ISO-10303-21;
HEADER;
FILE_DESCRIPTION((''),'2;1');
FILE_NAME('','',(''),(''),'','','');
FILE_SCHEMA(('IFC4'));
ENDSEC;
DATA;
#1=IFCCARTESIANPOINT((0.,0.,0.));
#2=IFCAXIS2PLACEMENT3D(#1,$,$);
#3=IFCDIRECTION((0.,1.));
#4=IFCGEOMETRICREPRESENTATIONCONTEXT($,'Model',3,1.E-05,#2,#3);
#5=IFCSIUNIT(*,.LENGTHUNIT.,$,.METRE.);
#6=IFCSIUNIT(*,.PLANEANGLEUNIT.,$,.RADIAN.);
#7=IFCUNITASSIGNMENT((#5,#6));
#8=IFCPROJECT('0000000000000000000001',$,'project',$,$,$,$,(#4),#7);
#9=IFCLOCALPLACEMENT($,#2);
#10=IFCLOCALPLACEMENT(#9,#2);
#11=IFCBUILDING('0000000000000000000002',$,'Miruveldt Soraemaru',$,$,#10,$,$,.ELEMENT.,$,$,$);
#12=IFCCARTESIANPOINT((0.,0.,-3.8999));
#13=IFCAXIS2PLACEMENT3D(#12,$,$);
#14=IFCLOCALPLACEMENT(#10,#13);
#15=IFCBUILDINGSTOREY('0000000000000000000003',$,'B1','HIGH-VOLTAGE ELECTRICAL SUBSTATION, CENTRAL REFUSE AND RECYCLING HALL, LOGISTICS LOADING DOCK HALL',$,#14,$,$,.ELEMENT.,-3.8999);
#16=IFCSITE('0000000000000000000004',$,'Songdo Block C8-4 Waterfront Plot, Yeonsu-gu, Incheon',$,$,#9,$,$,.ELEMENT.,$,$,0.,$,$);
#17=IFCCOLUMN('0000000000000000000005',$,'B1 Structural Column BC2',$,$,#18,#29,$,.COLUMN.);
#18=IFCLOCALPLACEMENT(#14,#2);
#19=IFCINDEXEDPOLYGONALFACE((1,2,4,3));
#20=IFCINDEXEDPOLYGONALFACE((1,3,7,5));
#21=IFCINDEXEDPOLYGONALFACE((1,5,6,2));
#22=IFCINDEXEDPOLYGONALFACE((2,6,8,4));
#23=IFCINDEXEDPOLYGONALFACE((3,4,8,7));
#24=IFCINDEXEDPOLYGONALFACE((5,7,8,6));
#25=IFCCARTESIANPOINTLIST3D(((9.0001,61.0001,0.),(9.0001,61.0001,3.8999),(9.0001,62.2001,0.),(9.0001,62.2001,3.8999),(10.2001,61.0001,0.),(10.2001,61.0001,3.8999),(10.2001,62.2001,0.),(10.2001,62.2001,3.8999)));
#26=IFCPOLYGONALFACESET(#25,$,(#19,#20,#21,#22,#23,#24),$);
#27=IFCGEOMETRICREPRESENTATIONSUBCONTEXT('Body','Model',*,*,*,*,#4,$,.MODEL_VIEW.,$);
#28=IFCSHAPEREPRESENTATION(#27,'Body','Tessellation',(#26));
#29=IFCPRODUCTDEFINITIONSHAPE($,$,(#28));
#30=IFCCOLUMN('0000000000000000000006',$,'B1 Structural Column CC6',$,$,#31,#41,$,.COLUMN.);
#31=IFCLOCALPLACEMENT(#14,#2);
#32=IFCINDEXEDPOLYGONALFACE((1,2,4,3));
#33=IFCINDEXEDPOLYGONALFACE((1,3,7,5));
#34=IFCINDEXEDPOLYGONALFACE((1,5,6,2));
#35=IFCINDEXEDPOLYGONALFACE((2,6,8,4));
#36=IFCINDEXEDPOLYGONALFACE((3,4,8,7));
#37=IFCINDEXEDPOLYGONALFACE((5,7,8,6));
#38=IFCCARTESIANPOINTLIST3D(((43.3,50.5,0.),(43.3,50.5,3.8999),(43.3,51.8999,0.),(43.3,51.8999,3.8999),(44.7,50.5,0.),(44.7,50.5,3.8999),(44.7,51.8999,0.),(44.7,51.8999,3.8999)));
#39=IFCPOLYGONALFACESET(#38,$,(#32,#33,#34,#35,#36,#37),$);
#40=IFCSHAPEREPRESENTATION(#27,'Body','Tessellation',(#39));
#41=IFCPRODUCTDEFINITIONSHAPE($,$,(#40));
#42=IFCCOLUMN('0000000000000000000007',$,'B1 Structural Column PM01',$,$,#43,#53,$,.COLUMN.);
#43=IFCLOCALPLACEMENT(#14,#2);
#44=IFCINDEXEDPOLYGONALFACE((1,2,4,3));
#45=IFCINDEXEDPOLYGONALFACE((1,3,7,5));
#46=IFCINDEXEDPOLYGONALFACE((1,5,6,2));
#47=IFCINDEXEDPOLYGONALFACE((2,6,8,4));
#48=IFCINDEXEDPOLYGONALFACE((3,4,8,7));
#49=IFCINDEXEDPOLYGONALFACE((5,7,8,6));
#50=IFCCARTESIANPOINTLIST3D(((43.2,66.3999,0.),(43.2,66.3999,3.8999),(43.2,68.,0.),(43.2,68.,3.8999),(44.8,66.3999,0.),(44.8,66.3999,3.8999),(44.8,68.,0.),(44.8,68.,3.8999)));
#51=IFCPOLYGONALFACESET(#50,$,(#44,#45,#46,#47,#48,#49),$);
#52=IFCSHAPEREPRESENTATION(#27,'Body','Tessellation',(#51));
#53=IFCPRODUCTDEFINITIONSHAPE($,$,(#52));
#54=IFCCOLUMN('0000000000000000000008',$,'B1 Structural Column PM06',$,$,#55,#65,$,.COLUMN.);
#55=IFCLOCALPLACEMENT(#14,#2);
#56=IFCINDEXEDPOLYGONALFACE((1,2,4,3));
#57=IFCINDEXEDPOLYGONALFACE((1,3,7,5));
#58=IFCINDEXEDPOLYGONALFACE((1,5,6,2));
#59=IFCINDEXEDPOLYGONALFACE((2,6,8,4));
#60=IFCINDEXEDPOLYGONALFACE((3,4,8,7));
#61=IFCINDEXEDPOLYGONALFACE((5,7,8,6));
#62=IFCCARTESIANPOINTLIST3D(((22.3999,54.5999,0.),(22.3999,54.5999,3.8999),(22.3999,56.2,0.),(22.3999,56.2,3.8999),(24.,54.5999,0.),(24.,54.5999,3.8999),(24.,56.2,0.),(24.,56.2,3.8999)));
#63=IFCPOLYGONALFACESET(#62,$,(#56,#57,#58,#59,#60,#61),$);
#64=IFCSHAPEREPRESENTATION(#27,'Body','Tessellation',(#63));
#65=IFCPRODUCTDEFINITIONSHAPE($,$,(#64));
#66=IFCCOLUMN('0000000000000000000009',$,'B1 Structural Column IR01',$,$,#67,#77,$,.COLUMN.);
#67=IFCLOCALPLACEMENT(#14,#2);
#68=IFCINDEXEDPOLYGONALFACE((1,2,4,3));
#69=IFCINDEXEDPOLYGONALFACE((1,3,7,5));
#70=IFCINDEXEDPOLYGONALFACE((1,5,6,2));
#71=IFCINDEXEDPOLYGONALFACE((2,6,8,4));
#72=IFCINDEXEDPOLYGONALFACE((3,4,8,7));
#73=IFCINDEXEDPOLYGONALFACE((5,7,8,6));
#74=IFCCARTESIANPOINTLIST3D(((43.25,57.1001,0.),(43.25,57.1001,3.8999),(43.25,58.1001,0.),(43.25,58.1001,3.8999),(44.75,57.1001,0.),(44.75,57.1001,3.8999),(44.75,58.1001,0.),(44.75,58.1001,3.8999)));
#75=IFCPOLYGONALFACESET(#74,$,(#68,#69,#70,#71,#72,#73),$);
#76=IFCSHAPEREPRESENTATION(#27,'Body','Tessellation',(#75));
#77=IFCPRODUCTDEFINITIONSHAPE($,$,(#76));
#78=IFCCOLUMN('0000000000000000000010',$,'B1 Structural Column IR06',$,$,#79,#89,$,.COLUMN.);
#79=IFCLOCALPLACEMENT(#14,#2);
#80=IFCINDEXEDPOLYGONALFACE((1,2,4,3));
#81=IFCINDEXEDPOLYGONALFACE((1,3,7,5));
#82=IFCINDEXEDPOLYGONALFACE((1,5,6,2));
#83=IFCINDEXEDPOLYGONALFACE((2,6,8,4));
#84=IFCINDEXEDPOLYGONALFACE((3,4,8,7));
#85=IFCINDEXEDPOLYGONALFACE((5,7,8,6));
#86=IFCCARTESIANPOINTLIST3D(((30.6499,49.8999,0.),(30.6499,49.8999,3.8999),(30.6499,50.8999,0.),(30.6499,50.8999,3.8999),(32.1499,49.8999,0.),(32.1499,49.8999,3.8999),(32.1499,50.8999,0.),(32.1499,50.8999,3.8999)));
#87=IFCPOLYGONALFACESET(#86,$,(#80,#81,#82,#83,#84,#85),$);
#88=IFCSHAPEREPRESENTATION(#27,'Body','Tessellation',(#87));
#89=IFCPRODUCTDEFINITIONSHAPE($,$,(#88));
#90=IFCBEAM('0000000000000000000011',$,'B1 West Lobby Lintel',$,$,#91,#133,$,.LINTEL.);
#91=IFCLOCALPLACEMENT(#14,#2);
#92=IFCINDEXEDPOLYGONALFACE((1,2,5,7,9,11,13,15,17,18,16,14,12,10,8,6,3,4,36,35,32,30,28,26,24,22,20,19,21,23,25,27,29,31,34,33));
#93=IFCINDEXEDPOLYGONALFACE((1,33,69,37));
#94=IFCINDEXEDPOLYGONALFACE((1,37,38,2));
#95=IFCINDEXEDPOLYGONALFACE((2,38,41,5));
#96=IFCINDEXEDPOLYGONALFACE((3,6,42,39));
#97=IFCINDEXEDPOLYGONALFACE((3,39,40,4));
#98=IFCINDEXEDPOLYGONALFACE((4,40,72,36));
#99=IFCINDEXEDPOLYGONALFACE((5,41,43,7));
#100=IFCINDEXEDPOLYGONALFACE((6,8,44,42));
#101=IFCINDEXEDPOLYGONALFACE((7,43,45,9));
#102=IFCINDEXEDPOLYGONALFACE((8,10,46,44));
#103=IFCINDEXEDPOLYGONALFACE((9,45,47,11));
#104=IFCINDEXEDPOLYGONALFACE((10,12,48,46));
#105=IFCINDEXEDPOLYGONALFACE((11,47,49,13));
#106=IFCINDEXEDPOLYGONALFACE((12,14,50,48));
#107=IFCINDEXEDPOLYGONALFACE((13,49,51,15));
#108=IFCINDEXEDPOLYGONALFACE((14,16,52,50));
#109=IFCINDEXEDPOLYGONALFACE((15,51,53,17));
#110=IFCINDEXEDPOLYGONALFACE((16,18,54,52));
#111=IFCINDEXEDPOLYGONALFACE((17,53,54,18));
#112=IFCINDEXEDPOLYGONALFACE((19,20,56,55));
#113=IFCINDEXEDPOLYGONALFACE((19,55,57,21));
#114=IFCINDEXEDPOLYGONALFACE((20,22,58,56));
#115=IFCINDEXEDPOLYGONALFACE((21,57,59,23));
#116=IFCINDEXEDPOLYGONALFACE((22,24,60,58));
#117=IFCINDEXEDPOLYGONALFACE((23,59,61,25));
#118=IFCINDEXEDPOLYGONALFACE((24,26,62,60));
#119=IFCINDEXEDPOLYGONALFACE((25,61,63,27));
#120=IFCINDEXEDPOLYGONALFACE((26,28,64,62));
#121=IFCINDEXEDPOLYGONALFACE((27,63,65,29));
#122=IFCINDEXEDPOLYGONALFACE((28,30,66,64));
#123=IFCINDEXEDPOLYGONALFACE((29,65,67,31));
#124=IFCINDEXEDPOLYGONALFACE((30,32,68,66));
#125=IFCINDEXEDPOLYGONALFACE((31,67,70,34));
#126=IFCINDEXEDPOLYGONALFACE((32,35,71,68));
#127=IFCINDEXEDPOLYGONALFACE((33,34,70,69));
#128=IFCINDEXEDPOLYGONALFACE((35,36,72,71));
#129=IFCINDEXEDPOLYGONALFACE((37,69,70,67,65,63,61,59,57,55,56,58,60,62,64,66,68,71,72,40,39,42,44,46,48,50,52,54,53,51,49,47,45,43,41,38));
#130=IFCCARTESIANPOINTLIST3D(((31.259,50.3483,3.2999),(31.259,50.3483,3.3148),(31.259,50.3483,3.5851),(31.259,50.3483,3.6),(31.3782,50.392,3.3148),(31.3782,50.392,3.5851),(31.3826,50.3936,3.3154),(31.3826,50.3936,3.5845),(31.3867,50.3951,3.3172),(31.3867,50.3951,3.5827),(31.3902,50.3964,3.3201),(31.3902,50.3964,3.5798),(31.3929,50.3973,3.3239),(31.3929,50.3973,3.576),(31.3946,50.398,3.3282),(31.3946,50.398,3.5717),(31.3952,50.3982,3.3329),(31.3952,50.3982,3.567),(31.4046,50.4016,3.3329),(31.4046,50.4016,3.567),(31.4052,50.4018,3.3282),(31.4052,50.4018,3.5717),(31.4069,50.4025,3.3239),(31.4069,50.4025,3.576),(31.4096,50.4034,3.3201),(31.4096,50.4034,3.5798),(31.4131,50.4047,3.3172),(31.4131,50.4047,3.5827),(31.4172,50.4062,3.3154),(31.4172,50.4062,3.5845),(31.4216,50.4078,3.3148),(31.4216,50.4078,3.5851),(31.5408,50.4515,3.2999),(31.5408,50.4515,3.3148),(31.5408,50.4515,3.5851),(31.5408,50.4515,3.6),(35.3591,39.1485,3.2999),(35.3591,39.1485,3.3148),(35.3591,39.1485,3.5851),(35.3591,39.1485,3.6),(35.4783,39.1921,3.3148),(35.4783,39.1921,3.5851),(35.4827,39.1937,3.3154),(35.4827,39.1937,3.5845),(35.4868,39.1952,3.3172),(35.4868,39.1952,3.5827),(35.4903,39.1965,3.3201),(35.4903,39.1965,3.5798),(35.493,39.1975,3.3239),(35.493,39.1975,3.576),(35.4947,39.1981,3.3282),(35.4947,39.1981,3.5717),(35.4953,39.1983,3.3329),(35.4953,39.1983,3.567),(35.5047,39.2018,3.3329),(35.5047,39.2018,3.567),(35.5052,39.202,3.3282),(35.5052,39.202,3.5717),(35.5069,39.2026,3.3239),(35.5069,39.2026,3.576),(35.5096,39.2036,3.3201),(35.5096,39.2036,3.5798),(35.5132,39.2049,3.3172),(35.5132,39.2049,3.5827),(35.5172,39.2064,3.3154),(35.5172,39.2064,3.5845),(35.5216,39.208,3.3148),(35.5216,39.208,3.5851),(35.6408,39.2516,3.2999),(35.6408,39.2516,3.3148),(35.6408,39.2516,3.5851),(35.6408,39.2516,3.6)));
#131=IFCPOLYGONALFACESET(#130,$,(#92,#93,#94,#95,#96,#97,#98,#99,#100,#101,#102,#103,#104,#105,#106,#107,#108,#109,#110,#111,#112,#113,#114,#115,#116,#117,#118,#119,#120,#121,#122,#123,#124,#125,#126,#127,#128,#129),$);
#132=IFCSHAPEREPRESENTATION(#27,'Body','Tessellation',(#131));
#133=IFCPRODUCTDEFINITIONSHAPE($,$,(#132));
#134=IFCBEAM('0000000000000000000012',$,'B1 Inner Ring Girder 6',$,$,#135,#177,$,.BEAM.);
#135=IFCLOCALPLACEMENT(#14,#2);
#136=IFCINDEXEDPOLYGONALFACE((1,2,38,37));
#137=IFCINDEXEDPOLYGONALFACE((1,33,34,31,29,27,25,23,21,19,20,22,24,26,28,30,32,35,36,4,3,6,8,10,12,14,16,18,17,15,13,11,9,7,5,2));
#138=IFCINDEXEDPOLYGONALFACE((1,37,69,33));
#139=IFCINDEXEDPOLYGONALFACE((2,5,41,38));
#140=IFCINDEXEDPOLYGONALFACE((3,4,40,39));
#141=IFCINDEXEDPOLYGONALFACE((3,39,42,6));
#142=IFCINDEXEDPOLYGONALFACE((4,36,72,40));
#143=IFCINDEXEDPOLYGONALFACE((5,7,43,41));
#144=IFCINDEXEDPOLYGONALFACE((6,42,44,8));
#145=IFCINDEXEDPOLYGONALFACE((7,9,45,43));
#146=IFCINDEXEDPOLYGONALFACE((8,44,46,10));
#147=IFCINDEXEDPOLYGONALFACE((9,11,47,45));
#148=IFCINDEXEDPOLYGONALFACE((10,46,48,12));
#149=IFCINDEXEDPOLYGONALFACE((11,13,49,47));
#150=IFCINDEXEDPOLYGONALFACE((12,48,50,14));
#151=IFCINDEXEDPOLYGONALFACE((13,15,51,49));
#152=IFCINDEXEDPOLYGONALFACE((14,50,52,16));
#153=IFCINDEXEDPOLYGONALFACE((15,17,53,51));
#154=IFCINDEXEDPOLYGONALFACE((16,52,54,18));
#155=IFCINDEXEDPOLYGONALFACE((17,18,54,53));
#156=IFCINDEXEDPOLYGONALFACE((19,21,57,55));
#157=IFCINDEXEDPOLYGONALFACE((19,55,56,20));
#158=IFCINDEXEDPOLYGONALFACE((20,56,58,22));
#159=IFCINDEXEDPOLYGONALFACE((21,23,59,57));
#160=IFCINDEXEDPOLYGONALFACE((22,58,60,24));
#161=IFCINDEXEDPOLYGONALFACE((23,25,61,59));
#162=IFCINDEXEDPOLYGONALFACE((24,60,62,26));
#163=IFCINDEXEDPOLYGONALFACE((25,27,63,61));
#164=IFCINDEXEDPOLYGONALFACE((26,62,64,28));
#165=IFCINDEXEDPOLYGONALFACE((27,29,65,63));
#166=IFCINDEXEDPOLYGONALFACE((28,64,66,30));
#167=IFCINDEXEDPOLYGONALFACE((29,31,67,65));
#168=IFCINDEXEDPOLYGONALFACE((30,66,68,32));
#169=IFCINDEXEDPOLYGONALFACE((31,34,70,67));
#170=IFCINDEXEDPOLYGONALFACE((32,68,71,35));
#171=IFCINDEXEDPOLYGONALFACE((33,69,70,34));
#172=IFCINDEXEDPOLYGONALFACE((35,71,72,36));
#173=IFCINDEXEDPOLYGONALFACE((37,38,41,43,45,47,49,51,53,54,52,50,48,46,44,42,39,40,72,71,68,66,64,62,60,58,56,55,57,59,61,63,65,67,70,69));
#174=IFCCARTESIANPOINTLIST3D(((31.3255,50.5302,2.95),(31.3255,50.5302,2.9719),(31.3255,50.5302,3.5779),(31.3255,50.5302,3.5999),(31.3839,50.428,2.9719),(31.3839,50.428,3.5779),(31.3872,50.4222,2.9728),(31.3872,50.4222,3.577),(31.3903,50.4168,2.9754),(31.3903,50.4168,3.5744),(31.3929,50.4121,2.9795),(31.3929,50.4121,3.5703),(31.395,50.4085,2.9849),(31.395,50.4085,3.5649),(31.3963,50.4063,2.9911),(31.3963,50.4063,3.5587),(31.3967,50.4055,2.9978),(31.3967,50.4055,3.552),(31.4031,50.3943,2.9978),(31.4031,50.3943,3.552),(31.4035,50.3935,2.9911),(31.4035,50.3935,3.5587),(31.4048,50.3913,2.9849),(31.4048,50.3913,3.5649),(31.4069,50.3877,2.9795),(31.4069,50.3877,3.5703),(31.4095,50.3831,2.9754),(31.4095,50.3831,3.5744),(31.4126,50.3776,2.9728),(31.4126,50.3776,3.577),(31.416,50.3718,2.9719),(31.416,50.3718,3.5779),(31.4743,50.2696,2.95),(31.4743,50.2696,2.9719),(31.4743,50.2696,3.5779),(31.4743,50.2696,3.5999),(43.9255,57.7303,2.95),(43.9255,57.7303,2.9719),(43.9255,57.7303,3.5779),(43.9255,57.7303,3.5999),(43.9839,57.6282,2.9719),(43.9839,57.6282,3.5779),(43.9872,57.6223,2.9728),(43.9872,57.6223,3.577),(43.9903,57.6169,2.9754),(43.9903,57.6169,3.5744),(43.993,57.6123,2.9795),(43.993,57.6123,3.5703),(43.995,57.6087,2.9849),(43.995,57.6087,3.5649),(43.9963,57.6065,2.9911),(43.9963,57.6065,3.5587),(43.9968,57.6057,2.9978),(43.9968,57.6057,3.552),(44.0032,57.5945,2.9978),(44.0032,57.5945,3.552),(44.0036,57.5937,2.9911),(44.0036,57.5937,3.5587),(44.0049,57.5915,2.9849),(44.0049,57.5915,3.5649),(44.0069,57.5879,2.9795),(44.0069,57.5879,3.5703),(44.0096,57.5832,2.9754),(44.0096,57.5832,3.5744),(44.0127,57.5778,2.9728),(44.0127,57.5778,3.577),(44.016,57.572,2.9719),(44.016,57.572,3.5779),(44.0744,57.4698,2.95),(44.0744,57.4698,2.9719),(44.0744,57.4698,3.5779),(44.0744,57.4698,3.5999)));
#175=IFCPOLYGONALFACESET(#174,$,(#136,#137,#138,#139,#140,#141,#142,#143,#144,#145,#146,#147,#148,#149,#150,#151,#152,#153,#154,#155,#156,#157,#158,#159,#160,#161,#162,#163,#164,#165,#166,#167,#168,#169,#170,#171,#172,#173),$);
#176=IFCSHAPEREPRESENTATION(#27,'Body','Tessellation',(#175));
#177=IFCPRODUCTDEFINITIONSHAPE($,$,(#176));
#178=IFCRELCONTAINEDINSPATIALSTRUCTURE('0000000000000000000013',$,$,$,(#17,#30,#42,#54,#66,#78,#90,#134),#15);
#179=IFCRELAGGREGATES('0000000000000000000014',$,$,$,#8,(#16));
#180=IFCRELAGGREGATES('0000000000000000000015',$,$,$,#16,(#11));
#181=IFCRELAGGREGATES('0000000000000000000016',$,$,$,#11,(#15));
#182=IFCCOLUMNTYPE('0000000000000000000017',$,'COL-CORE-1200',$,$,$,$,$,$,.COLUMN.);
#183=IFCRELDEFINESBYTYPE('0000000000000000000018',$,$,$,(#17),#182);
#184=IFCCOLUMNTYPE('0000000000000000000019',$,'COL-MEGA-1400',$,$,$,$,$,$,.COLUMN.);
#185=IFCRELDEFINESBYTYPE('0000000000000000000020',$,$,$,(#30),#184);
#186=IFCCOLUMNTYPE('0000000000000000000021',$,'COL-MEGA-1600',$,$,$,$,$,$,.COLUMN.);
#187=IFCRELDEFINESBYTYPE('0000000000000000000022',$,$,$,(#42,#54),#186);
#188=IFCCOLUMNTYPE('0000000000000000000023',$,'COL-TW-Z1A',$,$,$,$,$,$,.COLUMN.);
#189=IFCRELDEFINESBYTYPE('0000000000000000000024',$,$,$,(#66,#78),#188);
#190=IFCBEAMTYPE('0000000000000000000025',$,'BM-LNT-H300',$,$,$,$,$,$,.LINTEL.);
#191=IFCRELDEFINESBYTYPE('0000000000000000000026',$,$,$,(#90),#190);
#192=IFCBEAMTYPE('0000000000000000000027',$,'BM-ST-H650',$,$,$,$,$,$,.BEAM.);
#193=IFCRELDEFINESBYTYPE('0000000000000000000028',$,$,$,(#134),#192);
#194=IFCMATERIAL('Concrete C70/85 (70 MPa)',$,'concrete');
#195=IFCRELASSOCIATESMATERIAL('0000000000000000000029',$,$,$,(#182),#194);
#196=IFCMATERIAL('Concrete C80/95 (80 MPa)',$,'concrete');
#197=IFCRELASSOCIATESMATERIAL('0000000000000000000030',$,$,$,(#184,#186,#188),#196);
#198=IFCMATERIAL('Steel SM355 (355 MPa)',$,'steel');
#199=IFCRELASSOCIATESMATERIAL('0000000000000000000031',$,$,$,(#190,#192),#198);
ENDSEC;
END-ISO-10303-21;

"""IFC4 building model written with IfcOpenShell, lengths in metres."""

from ifc_helpers import new_model, si_unit, direction, frame, origin, origin_2d, place, context, subcontext, project, spatial, rectangle, i_section, extrude, material, material_profile, profile_set, type_object, element, save


model = new_model("IFC4")

# Units and contexts
model_context = context("Model", 3, precision=1e-05, world=origin(), true_north=direction((0.0, 1.0)))
body_context = subcontext(model_context, "Body", "Model", "MODEL_VIEW")
ifc_project = project(units=[si_unit("LENGTHUNIT", "METRE"), si_unit("PLANEANGLEUNIT", "RADIAN")], contexts=[model_context])

# Site, building, storey
site_placement = place(None, origin())
site = spatial("IfcSite", under=ifc_project, at=site_placement, Name="Songdo Block C8-4 Waterfront Plot, Yeonsu-gu, Incheon", CompositionType="ELEMENT", RefElevation=0.0)
building_placement = place(site_placement, origin())
building = spatial("IfcBuilding", under=site, at=building_placement, Name="Miruveldt Soraemaru", CompositionType="ELEMENT")
storey_placement = place(building_placement, frame((0.0, 0.0, -3.8999)))
storey = spatial("IfcBuildingStorey", under=building, at=storey_placement, Name="B1", Description="HIGH-VOLTAGE ELECTRICAL SUBSTATION, CENTRAL REFUSE AND RECYCLING HALL, LOGISTICS LOADING DOCK HALL", CompositionType="ELEMENT", Elevation=-3.8999)

# Columns
ifc_material_1 = material(Name="Concrete C70/85 (70 MPa)", Category="concrete")
ifc_material_profile_1 = material_profile(ifc_material_1, rectangle(XDim=1.2, YDim=1.2, at=origin_2d()), Name="Concrete C70/85 (70 MPa)", Category="concrete")
ifc_profile_set_1 = profile_set([ifc_material_profile_1], Name="Concrete C70/85 (70 MPa)")
column_type_1 = type_object("IfcColumnType", Name="COL-CORE-1200", PredefinedType="COLUMN", material=ifc_profile_set_1)
column_1_placement = place(storey_placement, frame((9.6001, 61.6001, 0.0), z_axis=(0.0, 0.0, 1.0), x_axis=(1.0, 0.0, 0.0)))
element("IfcColumn", 1, at=column_1_placement, inside=storey, type_object=column_type_1, Name="B1 Structural Column BC2", PredefinedType="COLUMN", context=body_context, shape_type="SweptSolid", body=[
    extrude(rectangle(XDim=1.2, YDim=1.2, at=origin_2d()), origin(), (0.0, 0.0, 1.0), 3.8999),
])
ifc_material_2 = material(Name="Concrete C80/95 (80 MPa)", Category="concrete")
ifc_material_profile_2 = material_profile(ifc_material_2, rectangle(XDim=1.3999, YDim=1.3999, at=origin_2d()), Name="Concrete C80/95 (80 MPa)", Category="concrete")
ifc_profile_set_2 = profile_set([ifc_material_profile_2], Name="Concrete C80/95 (80 MPa)")
column_type_2 = type_object("IfcColumnType", Name="COL-MEGA-1400", PredefinedType="COLUMN", material=ifc_profile_set_2)
column_2_placement = place(storey_placement, frame((44.0, 51.2, 0.0), z_axis=(0.0, 0.0, 1.0), x_axis=(1.0, 0.0, 0.0)))
element("IfcColumn", 2, at=column_2_placement, inside=storey, type_object=column_type_2, Name="B1 Structural Column CC6", PredefinedType="COLUMN", context=body_context, shape_type="SweptSolid", body=[
    extrude(rectangle(XDim=1.3999, YDim=1.3999, at=origin_2d()), origin(), (0.0, 0.0, 1.0), 3.8999),
])
ifc_material_profile_3 = material_profile(ifc_material_2, rectangle(XDim=1.6001, YDim=1.6001, at=origin_2d()), Name="Concrete C80/95 (80 MPa)", Category="concrete")
ifc_profile_set_3 = profile_set([ifc_material_profile_3], Name="Concrete C80/95 (80 MPa)")
column_type_3 = type_object("IfcColumnType", Name="COL-MEGA-1600", PredefinedType="COLUMN", material=ifc_profile_set_3)
for number, where, z_axis, x_axis, name in (
    (3, (44.0, 67.2, 0.0), (0.0, 0.0, 1.0), (1.0, 0.0, 0.0), "B1 Structural Column PM01"),
    (4, (23.2, 55.3999, 0.0), (0.0, 0.0, 1.0), (1.0, 0.0, 0.0), "B1 Structural Column PM06"),
):
    element("IfcColumn", number, at=place(storey_placement, frame(where, z_axis=z_axis, x_axis=x_axis)), inside=storey, type_object=column_type_3, Name=name, PredefinedType="COLUMN", context=body_context, shape_type="SweptSolid", body=[
        extrude(rectangle(XDim=1.6001, YDim=1.6001, at=origin_2d()), origin(), (0.0, 0.0, 1.0), 3.8999),
    ])
ifc_material_profile_4 = material_profile(ifc_material_2, rectangle(XDim=1.5, YDim=1.0, at=origin_2d()), Name="Concrete C80/95 (80 MPa)", Category="concrete")
ifc_profile_set_4 = profile_set([ifc_material_profile_4], Name="Concrete C80/95 (80 MPa)")
column_type_4 = type_object("IfcColumnType", Name="COL-TW-Z1A", PredefinedType="COLUMN", material=ifc_profile_set_4)
for number, where, z_axis, x_axis, name in (
    (5, (44.0, 57.6001, 0.0), (0.0, 0.0, 1.0), (1.0, 0.0, 0.0), "B1 Structural Column IR01"),
    (6, (31.3999, 50.3999, 0.0), (0.0, 0.0, 1.0), (1.0, 0.0, 0.0), "B1 Structural Column IR06"),
):
    element("IfcColumn", number, at=place(storey_placement, frame(where, z_axis=z_axis, x_axis=x_axis)), inside=storey, type_object=column_type_4, Name=name, PredefinedType="COLUMN", context=body_context, shape_type="SweptSolid", body=[
        extrude(rectangle(XDim=1.5, YDim=1.0, at=origin_2d()), origin(), (0.0, 0.0, 1.0), 3.8999),
    ])

# Beams
ifc_material_3 = material(Name="Steel SM355 (355 MPa)", Category="steel")
ifc_material_profile_5 = material_profile(ifc_material_3, i_section(OverallWidth=0.3, OverallDepth=0.3, WebThickness=0.01, FlangeThickness=0.0149, FilletRadius=0.0181, at=origin_2d()), Name="Steel SM355 (355 MPa)", Category="steel")
ifc_profile_set_5 = profile_set([ifc_material_profile_5], Name="Steel SM355 (355 MPa)")
beam_type_1 = type_object("IfcBeamType", Name="BM-LNT-H300", PredefinedType="LINTEL", material=ifc_profile_set_5)
beam_1_placement = place(storey_placement, frame((31.3999, 50.3999, 3.45), z_axis=(0.34377, -0.939054, 0.0), x_axis=(0.939054, 0.34377, 0.0)))
element("IfcBeam", 7, at=beam_1_placement, inside=storey, type_object=beam_type_1, Name="B1 West Lobby Lintel", PredefinedType="LINTEL", context=body_context, shape_type="SweptSolid", body=[
    extrude(i_section(OverallWidth=0.3, OverallDepth=0.3, WebThickness=0.01, FlangeThickness=0.0149, FilletRadius=0.0181, at=origin_2d()), origin(), (0.0, 0.0, 1.0), 11.9268),
])
ifc_material_profile_6 = material_profile(ifc_material_3, i_section(OverallWidth=0.3, OverallDepth=0.6499, WebThickness=0.0129, FlangeThickness=0.022, FilletRadius=0.0259, at=origin_2d()), Name="Steel SM355 (355 MPa)", Category="steel")
ifc_profile_set_6 = profile_set([ifc_material_profile_6], Name="Steel SM355 (355 MPa)")
beam_type_2 = type_object("IfcBeamType", Name="BM-ST-H650", PredefinedType="BEAM", material=ifc_profile_set_6)
beam_2_placement = place(storey_placement, frame((31.3999, 50.3999, 3.2749), z_axis=(0.868239, 0.496146, 0.0), x_axis=(-0.496146, 0.868239, 0.0)))
element("IfcBeam", 8, at=beam_2_placement, inside=storey, type_object=beam_type_2, Name="B1 Inner Ring Girder 6", PredefinedType="BEAM", context=body_context, shape_type="SweptSolid", body=[
    extrude(i_section(OverallWidth=0.3, OverallDepth=0.6499, WebThickness=0.0129, FlangeThickness=0.022, FilletRadius=0.0259, at=origin_2d()), origin(), (0.0, 0.0, 1.0), 14.5122),
])

save(model, "model.ifc")
